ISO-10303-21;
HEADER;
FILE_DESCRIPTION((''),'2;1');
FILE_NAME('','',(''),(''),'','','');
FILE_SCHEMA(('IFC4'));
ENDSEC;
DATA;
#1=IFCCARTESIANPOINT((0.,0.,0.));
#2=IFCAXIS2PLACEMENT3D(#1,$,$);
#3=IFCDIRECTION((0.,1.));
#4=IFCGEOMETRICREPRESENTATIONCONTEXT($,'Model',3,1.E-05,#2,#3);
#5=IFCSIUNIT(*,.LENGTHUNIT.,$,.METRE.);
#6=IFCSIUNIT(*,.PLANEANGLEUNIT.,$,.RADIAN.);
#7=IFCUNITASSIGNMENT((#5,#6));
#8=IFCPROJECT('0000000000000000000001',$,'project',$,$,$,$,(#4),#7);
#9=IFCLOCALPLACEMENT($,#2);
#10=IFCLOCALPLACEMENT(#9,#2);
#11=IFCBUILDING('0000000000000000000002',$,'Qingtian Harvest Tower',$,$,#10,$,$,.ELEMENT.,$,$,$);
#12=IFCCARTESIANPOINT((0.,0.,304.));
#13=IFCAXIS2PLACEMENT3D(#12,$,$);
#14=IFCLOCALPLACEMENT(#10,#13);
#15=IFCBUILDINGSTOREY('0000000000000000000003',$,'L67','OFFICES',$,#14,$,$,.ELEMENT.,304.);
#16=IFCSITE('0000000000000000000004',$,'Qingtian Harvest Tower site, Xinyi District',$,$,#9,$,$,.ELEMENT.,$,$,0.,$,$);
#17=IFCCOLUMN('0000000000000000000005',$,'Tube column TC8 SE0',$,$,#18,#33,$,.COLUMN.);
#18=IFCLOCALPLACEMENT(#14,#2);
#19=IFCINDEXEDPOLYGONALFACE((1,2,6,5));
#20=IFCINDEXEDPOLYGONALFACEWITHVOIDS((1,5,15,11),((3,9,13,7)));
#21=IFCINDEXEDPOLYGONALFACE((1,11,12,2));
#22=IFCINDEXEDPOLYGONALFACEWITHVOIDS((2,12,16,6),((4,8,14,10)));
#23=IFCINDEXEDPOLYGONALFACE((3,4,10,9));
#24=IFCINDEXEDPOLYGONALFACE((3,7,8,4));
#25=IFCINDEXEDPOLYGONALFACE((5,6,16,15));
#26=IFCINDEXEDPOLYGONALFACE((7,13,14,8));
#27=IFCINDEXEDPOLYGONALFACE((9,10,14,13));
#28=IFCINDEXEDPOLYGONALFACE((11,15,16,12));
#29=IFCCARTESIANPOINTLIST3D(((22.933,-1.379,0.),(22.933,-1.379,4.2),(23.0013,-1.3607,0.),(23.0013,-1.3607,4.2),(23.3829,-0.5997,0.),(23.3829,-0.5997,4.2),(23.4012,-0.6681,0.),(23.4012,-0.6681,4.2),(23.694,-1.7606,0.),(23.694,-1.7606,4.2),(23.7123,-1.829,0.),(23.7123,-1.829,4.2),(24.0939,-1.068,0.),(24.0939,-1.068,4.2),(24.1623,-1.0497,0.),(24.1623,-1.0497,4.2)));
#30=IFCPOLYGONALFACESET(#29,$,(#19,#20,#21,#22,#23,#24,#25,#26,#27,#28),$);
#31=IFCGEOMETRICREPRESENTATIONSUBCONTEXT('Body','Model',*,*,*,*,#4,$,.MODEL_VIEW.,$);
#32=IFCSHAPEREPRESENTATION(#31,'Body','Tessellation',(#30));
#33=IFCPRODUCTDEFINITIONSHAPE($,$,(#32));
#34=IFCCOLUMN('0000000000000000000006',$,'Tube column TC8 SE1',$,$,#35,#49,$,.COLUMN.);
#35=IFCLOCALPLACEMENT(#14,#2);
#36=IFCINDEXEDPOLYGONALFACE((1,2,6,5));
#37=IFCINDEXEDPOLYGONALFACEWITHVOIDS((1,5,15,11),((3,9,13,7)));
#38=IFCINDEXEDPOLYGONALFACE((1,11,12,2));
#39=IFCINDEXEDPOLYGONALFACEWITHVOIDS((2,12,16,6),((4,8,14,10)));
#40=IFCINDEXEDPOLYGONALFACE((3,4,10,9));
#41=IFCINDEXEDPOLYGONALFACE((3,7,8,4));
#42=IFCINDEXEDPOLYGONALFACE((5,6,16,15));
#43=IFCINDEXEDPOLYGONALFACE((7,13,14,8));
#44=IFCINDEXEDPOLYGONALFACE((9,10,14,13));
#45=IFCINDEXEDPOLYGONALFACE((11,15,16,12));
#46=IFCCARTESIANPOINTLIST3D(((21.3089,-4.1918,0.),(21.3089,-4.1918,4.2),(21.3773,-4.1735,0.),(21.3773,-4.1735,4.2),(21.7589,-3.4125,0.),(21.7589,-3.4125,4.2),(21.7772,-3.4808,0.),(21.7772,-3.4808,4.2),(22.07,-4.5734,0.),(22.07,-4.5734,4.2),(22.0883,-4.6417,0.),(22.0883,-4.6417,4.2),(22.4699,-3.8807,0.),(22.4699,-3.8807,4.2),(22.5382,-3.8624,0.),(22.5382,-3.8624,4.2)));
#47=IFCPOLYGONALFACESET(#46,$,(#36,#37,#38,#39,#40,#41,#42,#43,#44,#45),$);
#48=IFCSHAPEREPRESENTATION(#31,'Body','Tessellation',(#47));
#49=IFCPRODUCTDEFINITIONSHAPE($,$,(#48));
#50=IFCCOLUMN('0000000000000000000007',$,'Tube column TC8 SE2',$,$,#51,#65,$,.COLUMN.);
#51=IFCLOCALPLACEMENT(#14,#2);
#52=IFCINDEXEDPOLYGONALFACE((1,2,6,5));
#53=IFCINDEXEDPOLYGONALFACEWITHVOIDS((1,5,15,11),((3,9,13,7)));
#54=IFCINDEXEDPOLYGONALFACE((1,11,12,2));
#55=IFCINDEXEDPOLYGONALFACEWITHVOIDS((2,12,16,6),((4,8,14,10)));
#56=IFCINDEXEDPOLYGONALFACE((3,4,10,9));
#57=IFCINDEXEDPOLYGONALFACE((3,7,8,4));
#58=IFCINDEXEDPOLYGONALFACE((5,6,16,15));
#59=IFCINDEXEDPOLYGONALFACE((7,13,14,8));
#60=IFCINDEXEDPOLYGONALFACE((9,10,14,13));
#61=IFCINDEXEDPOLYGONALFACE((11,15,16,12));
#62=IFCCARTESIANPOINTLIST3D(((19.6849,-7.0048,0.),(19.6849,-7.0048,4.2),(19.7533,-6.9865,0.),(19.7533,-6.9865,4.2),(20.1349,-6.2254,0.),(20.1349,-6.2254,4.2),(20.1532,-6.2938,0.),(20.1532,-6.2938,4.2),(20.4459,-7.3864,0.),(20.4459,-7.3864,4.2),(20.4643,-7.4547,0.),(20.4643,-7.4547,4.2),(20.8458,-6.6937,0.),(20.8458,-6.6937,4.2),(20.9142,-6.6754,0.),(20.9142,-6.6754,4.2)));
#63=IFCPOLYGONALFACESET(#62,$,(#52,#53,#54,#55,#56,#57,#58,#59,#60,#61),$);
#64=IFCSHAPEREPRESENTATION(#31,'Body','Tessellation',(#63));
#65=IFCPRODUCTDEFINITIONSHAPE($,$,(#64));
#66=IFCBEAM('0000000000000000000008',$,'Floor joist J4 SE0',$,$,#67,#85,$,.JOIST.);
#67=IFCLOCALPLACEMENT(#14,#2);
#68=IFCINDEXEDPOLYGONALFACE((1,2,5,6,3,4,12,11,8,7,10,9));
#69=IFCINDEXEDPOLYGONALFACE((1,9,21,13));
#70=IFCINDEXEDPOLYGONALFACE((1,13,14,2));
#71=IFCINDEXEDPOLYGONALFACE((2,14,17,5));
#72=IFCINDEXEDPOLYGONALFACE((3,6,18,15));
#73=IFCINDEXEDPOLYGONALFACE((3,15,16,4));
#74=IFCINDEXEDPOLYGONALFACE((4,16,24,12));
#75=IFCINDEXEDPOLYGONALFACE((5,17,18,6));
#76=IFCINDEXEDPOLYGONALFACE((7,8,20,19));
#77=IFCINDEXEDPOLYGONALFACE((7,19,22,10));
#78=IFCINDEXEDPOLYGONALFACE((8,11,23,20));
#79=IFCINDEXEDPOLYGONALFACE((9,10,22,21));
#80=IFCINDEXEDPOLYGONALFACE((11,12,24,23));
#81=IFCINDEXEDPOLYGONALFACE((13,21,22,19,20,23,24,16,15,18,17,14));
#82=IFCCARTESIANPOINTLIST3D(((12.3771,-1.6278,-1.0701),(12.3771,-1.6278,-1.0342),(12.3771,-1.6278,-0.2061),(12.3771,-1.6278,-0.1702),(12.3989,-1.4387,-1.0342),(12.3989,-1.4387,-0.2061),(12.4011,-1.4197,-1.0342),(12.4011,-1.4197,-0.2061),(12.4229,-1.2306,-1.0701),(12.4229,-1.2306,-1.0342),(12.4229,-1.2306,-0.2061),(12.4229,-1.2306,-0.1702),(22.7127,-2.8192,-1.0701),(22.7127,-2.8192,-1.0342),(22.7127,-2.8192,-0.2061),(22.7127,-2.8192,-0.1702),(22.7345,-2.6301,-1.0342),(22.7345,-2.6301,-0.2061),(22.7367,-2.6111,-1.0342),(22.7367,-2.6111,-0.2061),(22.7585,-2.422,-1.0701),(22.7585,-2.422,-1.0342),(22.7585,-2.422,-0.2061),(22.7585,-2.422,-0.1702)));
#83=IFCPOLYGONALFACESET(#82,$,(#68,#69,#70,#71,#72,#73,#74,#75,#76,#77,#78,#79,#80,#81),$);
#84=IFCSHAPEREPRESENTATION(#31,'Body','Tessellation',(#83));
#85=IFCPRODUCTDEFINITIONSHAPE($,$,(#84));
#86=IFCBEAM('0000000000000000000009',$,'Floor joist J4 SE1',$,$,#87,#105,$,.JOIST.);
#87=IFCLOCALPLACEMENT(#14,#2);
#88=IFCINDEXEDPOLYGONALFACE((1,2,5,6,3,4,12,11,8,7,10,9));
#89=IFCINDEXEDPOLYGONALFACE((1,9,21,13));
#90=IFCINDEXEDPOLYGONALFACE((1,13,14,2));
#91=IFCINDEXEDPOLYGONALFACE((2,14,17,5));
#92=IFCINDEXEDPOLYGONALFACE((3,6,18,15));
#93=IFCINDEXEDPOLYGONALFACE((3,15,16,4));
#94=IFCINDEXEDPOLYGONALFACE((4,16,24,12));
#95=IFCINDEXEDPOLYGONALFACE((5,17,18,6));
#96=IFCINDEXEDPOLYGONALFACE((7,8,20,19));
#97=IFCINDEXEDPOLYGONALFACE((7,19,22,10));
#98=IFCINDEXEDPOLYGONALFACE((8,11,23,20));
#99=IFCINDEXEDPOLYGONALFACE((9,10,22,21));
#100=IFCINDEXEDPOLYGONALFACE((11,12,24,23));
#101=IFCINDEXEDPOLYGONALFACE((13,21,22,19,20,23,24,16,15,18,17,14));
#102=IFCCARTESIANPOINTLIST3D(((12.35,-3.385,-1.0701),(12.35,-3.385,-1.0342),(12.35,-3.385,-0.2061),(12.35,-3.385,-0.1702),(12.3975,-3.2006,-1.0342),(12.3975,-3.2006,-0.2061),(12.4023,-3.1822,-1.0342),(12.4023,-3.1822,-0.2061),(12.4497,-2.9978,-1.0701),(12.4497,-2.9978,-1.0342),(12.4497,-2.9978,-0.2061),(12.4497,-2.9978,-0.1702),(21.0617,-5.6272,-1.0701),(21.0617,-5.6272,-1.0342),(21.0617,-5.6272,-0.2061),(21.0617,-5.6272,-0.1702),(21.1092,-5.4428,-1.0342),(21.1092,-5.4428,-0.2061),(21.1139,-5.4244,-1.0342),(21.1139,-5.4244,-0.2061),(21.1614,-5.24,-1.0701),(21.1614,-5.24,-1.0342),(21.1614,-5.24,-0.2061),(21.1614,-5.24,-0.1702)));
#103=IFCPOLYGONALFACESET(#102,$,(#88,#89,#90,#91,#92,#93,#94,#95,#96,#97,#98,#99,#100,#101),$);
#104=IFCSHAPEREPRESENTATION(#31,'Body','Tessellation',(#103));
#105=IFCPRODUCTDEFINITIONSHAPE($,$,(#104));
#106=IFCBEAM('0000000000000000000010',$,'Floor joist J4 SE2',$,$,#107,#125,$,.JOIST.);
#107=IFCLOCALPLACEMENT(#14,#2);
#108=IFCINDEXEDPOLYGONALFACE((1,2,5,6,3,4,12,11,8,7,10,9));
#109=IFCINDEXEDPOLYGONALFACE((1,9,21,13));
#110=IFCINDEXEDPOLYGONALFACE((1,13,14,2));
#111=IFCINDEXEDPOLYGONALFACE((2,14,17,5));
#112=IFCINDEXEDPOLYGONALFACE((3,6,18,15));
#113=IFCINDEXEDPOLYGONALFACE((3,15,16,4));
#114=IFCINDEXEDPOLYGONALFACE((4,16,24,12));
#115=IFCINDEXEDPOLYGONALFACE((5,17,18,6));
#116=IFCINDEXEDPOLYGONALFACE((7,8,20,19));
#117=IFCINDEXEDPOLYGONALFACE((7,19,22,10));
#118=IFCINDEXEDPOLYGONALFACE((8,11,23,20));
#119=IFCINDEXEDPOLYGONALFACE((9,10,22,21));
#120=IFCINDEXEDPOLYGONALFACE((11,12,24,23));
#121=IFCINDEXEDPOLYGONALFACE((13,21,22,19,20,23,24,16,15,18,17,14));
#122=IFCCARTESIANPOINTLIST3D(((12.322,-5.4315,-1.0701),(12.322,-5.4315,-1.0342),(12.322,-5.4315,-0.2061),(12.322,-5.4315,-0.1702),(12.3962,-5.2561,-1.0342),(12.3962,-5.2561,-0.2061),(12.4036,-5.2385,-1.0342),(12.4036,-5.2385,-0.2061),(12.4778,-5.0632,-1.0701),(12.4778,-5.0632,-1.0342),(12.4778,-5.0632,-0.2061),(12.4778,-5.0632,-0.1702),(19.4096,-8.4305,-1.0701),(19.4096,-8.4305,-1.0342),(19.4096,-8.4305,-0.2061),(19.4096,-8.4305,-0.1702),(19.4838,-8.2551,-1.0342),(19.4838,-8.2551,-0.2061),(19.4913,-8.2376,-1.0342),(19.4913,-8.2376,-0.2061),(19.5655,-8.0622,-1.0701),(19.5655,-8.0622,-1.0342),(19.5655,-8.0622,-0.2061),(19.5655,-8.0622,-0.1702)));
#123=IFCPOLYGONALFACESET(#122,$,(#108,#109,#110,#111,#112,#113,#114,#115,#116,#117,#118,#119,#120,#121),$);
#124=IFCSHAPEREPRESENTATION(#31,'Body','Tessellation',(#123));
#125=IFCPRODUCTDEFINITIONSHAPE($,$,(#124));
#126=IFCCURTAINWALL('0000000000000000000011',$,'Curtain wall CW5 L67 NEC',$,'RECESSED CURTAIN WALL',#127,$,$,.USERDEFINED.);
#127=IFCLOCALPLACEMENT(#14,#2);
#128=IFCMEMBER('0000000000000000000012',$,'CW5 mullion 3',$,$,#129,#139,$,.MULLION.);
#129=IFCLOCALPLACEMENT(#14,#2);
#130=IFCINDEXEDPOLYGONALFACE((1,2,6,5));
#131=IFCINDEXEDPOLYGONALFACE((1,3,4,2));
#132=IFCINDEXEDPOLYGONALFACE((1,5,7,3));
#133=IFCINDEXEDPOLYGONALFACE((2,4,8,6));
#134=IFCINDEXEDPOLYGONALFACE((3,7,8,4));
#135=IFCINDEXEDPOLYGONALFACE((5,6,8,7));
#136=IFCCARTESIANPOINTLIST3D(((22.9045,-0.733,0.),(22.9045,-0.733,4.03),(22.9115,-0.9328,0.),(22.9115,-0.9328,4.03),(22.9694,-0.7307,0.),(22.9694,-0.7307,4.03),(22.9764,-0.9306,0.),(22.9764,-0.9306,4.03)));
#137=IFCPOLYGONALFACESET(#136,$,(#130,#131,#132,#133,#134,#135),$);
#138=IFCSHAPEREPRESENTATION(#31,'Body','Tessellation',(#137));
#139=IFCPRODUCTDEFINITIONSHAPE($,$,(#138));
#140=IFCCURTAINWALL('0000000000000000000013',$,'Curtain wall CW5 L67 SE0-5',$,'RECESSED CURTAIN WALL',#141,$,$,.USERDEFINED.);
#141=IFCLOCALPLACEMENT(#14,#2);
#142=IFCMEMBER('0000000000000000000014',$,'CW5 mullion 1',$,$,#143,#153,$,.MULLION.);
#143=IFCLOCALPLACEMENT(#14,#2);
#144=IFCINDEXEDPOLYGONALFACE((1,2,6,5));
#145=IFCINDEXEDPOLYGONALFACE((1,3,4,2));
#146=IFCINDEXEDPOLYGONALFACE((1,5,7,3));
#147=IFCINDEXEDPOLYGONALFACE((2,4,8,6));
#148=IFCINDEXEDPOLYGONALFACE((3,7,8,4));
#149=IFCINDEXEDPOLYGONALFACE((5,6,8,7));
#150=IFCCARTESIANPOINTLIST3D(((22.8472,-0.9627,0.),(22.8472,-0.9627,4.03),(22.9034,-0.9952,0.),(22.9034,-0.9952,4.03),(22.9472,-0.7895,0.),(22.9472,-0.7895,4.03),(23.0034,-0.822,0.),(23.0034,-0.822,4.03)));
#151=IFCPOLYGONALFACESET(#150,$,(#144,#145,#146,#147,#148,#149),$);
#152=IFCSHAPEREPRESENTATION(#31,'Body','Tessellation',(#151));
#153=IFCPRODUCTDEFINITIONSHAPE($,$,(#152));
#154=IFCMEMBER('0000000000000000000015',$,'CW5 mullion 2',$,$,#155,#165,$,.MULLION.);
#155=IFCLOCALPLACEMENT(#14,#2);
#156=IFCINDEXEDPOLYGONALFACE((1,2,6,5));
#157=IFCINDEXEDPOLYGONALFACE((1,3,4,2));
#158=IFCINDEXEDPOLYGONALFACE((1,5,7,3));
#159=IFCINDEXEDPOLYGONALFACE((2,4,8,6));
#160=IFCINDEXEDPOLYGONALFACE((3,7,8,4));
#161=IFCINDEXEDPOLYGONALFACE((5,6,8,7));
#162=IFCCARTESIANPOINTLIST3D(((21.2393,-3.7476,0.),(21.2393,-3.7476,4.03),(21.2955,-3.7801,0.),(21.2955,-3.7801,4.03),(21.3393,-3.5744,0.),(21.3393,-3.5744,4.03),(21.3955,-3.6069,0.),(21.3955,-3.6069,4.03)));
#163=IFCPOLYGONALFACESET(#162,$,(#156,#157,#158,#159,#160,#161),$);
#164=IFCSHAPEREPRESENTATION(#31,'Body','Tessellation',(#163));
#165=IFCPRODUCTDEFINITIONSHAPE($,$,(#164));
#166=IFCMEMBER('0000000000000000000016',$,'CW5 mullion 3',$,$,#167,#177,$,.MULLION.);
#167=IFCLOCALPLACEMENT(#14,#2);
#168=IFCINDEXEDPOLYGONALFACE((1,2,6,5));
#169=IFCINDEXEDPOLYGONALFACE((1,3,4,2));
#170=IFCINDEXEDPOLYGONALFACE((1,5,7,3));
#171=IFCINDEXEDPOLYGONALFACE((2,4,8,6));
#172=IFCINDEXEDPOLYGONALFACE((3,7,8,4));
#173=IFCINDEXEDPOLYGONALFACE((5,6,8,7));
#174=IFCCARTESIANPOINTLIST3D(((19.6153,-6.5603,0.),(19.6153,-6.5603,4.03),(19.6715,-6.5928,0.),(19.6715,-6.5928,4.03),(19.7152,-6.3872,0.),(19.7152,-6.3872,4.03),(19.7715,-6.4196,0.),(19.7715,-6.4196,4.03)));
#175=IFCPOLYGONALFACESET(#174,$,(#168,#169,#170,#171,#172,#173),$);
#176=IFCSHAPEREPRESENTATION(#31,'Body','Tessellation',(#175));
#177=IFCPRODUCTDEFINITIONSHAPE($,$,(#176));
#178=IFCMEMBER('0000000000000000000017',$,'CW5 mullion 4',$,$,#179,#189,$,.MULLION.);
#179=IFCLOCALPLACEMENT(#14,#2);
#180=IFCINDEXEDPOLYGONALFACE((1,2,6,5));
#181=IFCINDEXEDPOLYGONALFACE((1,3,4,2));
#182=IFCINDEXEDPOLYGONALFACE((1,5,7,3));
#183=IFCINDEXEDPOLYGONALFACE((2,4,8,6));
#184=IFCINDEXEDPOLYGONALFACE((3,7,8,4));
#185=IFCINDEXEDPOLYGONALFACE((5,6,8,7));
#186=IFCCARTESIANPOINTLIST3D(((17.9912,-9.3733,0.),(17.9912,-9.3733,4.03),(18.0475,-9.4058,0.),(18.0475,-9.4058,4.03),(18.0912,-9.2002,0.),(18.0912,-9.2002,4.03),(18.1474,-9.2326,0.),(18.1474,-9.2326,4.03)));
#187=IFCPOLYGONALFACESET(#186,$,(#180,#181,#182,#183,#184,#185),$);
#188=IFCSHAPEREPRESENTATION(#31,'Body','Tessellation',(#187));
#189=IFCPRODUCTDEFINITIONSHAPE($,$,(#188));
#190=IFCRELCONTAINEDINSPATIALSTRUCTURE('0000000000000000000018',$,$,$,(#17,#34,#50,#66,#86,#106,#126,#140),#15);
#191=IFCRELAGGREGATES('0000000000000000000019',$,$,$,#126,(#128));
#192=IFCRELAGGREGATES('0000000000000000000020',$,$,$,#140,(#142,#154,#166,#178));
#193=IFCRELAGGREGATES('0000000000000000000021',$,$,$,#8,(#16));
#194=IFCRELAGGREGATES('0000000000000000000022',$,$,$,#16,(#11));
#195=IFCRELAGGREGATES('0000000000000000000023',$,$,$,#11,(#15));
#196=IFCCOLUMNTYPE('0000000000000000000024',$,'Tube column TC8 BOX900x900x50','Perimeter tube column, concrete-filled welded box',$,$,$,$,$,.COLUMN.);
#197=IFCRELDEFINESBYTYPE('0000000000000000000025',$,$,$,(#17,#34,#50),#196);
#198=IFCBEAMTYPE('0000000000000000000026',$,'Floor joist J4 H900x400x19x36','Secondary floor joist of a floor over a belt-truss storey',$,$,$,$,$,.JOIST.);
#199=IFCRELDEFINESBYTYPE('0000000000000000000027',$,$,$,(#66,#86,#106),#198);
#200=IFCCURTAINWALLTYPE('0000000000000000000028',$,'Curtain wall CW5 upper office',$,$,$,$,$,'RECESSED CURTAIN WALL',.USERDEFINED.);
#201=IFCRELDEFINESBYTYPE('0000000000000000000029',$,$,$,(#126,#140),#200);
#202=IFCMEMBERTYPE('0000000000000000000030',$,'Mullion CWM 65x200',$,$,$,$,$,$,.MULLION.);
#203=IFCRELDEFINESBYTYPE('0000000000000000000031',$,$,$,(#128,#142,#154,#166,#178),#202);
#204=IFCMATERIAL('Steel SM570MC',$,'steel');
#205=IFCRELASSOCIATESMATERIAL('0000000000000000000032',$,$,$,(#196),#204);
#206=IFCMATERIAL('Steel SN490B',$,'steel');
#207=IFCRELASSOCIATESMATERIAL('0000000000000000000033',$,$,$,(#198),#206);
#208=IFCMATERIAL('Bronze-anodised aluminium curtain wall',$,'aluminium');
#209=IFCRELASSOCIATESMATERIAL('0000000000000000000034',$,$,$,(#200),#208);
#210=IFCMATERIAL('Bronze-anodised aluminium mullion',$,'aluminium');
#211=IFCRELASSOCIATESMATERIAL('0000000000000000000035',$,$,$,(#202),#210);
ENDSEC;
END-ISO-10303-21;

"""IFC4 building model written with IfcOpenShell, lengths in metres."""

from ifc_helpers import new_model, si_unit, direction, frame, origin, origin_2d, place, context, subcontext, project, spatial, rectangle, hollow_rectangle, i_section, extrude, material, material_profile, profile_set, type_object, element, aggregate, save


model = new_model("IFC4")

# Units and contexts
model_context = context("Model", 3, precision=1e-05, world=origin(), true_north=direction((0.0, 1.0)))
body_context = subcontext(model_context, "Body", "Model", "MODEL_VIEW")
ifc_project = project(units=[si_unit("LENGTHUNIT", "METRE"), si_unit("PLANEANGLEUNIT", "RADIAN")], contexts=[model_context])

# Site, building, storey
site_placement = place(None, origin())
site = spatial("IfcSite", under=ifc_project, at=site_placement, Name="Qingtian Harvest Tower site, Xinyi District", CompositionType="ELEMENT", RefElevation=0.0)
building_placement = place(site_placement, origin())
building = spatial("IfcBuilding", under=site, at=building_placement, Name="Qingtian Harvest Tower", CompositionType="ELEMENT")
storey_placement = place(building_placement, frame((0.0, 0.0, 304.0)))
storey = spatial("IfcBuildingStorey", under=building, at=storey_placement, Name="L67", Description="OFFICES", CompositionType="ELEMENT", Elevation=304.0)

# Columns
ifc_material_1 = material(Name="Steel SM570MC", Category="steel")
ifc_material_profile_1 = material_profile(ifc_material_1, hollow_rectangle(XDim=0.8999, YDim=0.8999, WallThickness=0.05, at=origin_2d()), Name="BOX900x900x50")
ifc_profile_set_1 = profile_set([ifc_material_profile_1], Name="Steel SM570MC")
column_type = type_object("IfcColumnType", Name="Tube column TC8 BOX900x900x50", Description="Perimeter tube column, concrete-filled welded box", PredefinedType="COLUMN", material=ifc_profile_set_1)
for number, where, z_axis, x_axis, name in (
    (1, (23.5476, -1.2144, 0.0), (0.0, 0.0, 1.0), (0.5, 0.866025, 0.0), "Tube column TC8 SE0"),
    (2, (21.9236, -4.0271, 0.0), (0.0, 0.0, 1.0), (0.5, 0.866025, 0.0), "Tube column TC8 SE1"),
    (3, (20.2996, -6.8401, 0.0), (0.0, 0.0, 1.0), (0.5, 0.866025, 0.0), "Tube column TC8 SE2"),
):
    element("IfcColumn", number, at=place(storey_placement, frame(where, z_axis=z_axis, x_axis=x_axis)), inside=storey, type_object=column_type, Name=name, PredefinedType="COLUMN", context=body_context, shape_type="SweptSolid", body=[
        extrude(hollow_rectangle(XDim=0.8999, YDim=0.8999, WallThickness=0.05, at=origin_2d()), origin(), (0.0, 0.0, 1.0), 4.2),
    ])

# Beams
ifc_material_2 = material(Name="Steel SN490B", Category="steel")
ifc_material_profile_2 = material_profile(ifc_material_2, i_section(OverallWidth=0.3999, OverallDepth=0.8999, WebThickness=0.019, FlangeThickness=0.0359, at=origin_2d()), Name="H900x400x19x36")
ifc_profile_set_2 = profile_set([ifc_material_profile_2], Name="Steel SN490B")
beam_type_1 = type_object("IfcBeamType", Name="Floor joist J4 H900x400x19x36", Description="Secondary floor joist of a floor over a belt-truss storey", PredefinedType="JOIST", material=ifc_profile_set_2)
beam_1_placement = place(storey_placement, frame((22.7356, -2.6206, -0.6201), z_axis=(-0.993422, 0.114513, 0.0), x_axis=(-0.114513, -0.993422, 0.0)))
element("IfcBeam", 4, at=beam_1_placement, inside=storey, type_object=beam_type_1, Name="Floor joist J4 SE0", PredefinedType="JOIST", context=body_context, shape_type="SweptSolid", body=[
    extrude(i_section(OverallWidth=0.3999, OverallDepth=0.8999, WebThickness=0.019, FlangeThickness=0.0359, at=origin_2d()), origin(), (0.0, 0.0, 1.0), 10.4041),
])
beam_2_placement = place(storey_placement, frame((21.1116, -5.4336, -0.6201), z_axis=(-0.968438, 0.249254, 0.0), x_axis=(-0.249254, -0.968438, 0.0)))
element("IfcBeam", 5, at=beam_2_placement, inside=storey, type_object=beam_type_1, Name="Floor joist J4 SE1", PredefinedType="JOIST", context=body_context, shape_type="SweptSolid", body=[
    extrude(i_section(OverallWidth=0.3999, OverallDepth=0.8999, WebThickness=0.019, FlangeThickness=0.0359, at=origin_2d()), origin(), (0.0, 0.0, 1.0), 8.9956),
])
beam_3_placement = place(storey_placement, frame((19.4875, -8.2463, -0.6201), z_axis=(-0.920948, 0.389684, 0.0), x_axis=(-0.389684, -0.920948, 0.0)))
element("IfcBeam", 6, at=beam_3_placement, inside=storey, type_object=beam_type_1, Name="Floor joist J4 SE2", PredefinedType="JOIST", context=body_context, shape_type="SweptSolid", body=[
    extrude(i_section(OverallWidth=0.3999, OverallDepth=0.8999, WebThickness=0.019, FlangeThickness=0.0359, at=origin_2d()), origin(), (0.0, 0.0, 1.0), 7.696),
])

# Curtain wall, member
ifc_material_3 = material(Name="Bronze-anodised aluminium curtain wall", Category="aluminium")
curtain_wall_type = type_object("IfcCurtainWallType", Name="Curtain wall CW5 upper office", ElementType="RECESSED CURTAIN WALL", PredefinedType="USERDEFINED", material=ifc_material_3)
curtain_wall_1_placement = place(storey_placement, origin())
curtain_wall_1 = element("IfcCurtainWall", 7, at=curtain_wall_1_placement, inside=storey, type_object=curtain_wall_type, Name="Curtain wall CW5 L67 NEC", ObjectType="RECESSED CURTAIN WALL", PredefinedType="USERDEFINED")
ifc_material_4 = material(Name="Bronze-anodised aluminium mullion", Category="aluminium")
ifc_material_profile_3 = material_profile(ifc_material_4, rectangle(XDim=0.0649, YDim=0.2, at=origin_2d()), Name="AL 65x200")
ifc_profile_set_3 = profile_set([ifc_material_profile_3], Name="Bronze-anodised aluminium mullion")
member_type_1 = type_object("IfcMemberType", Name="Mullion CWM 65x200", PredefinedType="MULLION", material=ifc_profile_set_3)
member_1_placement = place(storey_placement, frame((22.9404, -0.8318, 0.0), z_axis=(0.0, 0.0, 1.0), x_axis=(0.999391, 0.034899, 0.0)))
member_1 = element("IfcMember", 8, at=member_1_placement, type_object=member_type_1, Name="CW5 mullion 3", PredefinedType="MULLION", context=body_context, shape_type="SweptSolid", body=[
    extrude(rectangle(XDim=0.0649, YDim=0.2, at=origin_2d()), origin(), (0.0, 0.0, 1.0), 4.03),
])

# Curtain wall, members
curtain_wall_2_placement = place(storey_placement, origin())
curtain_wall_2 = element("IfcCurtainWall", 9, at=curtain_wall_2_placement, inside=storey, type_object=curtain_wall_type, Name="Curtain wall CW5 L67 SE0-5", ObjectType="RECESSED CURTAIN WALL", PredefinedType="USERDEFINED")
member_2_placement = place(storey_placement, frame((22.9253, -0.8923, 0.0), z_axis=(0.0, 0.0, 1.0), x_axis=(0.866025, -0.5, 0.0)))
member_2 = element("IfcMember", 10, at=member_2_placement, type_object=member_type_1, Name="CW5 mullion 1", PredefinedType="MULLION", context=body_context, shape_type="SweptSolid", body=[
    extrude(rectangle(XDim=0.0649, YDim=0.2, at=origin_2d()), origin(), (0.0, 0.0, 1.0), 4.03),
])
member_3_placement = place(storey_placement, frame((21.3174, -3.6772, 0.0), z_axis=(0.0, 0.0, 1.0), x_axis=(0.866025, -0.5, 0.0)))
member_3 = element("IfcMember", 11, at=member_3_placement, type_object=member_type_1, Name="CW5 mullion 2", PredefinedType="MULLION", context=body_context, shape_type="SweptSolid", body=[
    extrude(rectangle(XDim=0.0649, YDim=0.2, at=origin_2d()), origin(), (0.0, 0.0, 1.0), 4.03),
])
member_4_placement = place(storey_placement, frame((19.6934, -6.49, 0.0), z_axis=(0.0, 0.0, 1.0), x_axis=(0.866025, -0.5, 0.0)))
member_4 = element("IfcMember", 12, at=member_4_placement, type_object=member_type_1, Name="CW5 mullion 3", PredefinedType="MULLION", context=body_context, shape_type="SweptSolid", body=[
    extrude(rectangle(XDim=0.0649, YDim=0.2, at=origin_2d()), origin(), (0.0, 0.0, 1.0), 4.03),
])
member_5_placement = place(storey_placement, frame((18.0693, -9.303, 0.0), z_axis=(0.0, 0.0, 1.0), x_axis=(0.866025, -0.5, 0.0)))
member_5 = element("IfcMember", 13, at=member_5_placement, type_object=member_type_1, Name="CW5 mullion 4", PredefinedType="MULLION", context=body_context, shape_type="SweptSolid", body=[
    extrude(rectangle(XDim=0.0649, YDim=0.2, at=origin_2d()), origin(), (0.0, 0.0, 1.0), 4.03),
])

aggregate(curtain_wall_1, [member_1])
aggregate(curtain_wall_2, [member_2, member_3, member_4, member_5])

save(model, "model.ifc")
